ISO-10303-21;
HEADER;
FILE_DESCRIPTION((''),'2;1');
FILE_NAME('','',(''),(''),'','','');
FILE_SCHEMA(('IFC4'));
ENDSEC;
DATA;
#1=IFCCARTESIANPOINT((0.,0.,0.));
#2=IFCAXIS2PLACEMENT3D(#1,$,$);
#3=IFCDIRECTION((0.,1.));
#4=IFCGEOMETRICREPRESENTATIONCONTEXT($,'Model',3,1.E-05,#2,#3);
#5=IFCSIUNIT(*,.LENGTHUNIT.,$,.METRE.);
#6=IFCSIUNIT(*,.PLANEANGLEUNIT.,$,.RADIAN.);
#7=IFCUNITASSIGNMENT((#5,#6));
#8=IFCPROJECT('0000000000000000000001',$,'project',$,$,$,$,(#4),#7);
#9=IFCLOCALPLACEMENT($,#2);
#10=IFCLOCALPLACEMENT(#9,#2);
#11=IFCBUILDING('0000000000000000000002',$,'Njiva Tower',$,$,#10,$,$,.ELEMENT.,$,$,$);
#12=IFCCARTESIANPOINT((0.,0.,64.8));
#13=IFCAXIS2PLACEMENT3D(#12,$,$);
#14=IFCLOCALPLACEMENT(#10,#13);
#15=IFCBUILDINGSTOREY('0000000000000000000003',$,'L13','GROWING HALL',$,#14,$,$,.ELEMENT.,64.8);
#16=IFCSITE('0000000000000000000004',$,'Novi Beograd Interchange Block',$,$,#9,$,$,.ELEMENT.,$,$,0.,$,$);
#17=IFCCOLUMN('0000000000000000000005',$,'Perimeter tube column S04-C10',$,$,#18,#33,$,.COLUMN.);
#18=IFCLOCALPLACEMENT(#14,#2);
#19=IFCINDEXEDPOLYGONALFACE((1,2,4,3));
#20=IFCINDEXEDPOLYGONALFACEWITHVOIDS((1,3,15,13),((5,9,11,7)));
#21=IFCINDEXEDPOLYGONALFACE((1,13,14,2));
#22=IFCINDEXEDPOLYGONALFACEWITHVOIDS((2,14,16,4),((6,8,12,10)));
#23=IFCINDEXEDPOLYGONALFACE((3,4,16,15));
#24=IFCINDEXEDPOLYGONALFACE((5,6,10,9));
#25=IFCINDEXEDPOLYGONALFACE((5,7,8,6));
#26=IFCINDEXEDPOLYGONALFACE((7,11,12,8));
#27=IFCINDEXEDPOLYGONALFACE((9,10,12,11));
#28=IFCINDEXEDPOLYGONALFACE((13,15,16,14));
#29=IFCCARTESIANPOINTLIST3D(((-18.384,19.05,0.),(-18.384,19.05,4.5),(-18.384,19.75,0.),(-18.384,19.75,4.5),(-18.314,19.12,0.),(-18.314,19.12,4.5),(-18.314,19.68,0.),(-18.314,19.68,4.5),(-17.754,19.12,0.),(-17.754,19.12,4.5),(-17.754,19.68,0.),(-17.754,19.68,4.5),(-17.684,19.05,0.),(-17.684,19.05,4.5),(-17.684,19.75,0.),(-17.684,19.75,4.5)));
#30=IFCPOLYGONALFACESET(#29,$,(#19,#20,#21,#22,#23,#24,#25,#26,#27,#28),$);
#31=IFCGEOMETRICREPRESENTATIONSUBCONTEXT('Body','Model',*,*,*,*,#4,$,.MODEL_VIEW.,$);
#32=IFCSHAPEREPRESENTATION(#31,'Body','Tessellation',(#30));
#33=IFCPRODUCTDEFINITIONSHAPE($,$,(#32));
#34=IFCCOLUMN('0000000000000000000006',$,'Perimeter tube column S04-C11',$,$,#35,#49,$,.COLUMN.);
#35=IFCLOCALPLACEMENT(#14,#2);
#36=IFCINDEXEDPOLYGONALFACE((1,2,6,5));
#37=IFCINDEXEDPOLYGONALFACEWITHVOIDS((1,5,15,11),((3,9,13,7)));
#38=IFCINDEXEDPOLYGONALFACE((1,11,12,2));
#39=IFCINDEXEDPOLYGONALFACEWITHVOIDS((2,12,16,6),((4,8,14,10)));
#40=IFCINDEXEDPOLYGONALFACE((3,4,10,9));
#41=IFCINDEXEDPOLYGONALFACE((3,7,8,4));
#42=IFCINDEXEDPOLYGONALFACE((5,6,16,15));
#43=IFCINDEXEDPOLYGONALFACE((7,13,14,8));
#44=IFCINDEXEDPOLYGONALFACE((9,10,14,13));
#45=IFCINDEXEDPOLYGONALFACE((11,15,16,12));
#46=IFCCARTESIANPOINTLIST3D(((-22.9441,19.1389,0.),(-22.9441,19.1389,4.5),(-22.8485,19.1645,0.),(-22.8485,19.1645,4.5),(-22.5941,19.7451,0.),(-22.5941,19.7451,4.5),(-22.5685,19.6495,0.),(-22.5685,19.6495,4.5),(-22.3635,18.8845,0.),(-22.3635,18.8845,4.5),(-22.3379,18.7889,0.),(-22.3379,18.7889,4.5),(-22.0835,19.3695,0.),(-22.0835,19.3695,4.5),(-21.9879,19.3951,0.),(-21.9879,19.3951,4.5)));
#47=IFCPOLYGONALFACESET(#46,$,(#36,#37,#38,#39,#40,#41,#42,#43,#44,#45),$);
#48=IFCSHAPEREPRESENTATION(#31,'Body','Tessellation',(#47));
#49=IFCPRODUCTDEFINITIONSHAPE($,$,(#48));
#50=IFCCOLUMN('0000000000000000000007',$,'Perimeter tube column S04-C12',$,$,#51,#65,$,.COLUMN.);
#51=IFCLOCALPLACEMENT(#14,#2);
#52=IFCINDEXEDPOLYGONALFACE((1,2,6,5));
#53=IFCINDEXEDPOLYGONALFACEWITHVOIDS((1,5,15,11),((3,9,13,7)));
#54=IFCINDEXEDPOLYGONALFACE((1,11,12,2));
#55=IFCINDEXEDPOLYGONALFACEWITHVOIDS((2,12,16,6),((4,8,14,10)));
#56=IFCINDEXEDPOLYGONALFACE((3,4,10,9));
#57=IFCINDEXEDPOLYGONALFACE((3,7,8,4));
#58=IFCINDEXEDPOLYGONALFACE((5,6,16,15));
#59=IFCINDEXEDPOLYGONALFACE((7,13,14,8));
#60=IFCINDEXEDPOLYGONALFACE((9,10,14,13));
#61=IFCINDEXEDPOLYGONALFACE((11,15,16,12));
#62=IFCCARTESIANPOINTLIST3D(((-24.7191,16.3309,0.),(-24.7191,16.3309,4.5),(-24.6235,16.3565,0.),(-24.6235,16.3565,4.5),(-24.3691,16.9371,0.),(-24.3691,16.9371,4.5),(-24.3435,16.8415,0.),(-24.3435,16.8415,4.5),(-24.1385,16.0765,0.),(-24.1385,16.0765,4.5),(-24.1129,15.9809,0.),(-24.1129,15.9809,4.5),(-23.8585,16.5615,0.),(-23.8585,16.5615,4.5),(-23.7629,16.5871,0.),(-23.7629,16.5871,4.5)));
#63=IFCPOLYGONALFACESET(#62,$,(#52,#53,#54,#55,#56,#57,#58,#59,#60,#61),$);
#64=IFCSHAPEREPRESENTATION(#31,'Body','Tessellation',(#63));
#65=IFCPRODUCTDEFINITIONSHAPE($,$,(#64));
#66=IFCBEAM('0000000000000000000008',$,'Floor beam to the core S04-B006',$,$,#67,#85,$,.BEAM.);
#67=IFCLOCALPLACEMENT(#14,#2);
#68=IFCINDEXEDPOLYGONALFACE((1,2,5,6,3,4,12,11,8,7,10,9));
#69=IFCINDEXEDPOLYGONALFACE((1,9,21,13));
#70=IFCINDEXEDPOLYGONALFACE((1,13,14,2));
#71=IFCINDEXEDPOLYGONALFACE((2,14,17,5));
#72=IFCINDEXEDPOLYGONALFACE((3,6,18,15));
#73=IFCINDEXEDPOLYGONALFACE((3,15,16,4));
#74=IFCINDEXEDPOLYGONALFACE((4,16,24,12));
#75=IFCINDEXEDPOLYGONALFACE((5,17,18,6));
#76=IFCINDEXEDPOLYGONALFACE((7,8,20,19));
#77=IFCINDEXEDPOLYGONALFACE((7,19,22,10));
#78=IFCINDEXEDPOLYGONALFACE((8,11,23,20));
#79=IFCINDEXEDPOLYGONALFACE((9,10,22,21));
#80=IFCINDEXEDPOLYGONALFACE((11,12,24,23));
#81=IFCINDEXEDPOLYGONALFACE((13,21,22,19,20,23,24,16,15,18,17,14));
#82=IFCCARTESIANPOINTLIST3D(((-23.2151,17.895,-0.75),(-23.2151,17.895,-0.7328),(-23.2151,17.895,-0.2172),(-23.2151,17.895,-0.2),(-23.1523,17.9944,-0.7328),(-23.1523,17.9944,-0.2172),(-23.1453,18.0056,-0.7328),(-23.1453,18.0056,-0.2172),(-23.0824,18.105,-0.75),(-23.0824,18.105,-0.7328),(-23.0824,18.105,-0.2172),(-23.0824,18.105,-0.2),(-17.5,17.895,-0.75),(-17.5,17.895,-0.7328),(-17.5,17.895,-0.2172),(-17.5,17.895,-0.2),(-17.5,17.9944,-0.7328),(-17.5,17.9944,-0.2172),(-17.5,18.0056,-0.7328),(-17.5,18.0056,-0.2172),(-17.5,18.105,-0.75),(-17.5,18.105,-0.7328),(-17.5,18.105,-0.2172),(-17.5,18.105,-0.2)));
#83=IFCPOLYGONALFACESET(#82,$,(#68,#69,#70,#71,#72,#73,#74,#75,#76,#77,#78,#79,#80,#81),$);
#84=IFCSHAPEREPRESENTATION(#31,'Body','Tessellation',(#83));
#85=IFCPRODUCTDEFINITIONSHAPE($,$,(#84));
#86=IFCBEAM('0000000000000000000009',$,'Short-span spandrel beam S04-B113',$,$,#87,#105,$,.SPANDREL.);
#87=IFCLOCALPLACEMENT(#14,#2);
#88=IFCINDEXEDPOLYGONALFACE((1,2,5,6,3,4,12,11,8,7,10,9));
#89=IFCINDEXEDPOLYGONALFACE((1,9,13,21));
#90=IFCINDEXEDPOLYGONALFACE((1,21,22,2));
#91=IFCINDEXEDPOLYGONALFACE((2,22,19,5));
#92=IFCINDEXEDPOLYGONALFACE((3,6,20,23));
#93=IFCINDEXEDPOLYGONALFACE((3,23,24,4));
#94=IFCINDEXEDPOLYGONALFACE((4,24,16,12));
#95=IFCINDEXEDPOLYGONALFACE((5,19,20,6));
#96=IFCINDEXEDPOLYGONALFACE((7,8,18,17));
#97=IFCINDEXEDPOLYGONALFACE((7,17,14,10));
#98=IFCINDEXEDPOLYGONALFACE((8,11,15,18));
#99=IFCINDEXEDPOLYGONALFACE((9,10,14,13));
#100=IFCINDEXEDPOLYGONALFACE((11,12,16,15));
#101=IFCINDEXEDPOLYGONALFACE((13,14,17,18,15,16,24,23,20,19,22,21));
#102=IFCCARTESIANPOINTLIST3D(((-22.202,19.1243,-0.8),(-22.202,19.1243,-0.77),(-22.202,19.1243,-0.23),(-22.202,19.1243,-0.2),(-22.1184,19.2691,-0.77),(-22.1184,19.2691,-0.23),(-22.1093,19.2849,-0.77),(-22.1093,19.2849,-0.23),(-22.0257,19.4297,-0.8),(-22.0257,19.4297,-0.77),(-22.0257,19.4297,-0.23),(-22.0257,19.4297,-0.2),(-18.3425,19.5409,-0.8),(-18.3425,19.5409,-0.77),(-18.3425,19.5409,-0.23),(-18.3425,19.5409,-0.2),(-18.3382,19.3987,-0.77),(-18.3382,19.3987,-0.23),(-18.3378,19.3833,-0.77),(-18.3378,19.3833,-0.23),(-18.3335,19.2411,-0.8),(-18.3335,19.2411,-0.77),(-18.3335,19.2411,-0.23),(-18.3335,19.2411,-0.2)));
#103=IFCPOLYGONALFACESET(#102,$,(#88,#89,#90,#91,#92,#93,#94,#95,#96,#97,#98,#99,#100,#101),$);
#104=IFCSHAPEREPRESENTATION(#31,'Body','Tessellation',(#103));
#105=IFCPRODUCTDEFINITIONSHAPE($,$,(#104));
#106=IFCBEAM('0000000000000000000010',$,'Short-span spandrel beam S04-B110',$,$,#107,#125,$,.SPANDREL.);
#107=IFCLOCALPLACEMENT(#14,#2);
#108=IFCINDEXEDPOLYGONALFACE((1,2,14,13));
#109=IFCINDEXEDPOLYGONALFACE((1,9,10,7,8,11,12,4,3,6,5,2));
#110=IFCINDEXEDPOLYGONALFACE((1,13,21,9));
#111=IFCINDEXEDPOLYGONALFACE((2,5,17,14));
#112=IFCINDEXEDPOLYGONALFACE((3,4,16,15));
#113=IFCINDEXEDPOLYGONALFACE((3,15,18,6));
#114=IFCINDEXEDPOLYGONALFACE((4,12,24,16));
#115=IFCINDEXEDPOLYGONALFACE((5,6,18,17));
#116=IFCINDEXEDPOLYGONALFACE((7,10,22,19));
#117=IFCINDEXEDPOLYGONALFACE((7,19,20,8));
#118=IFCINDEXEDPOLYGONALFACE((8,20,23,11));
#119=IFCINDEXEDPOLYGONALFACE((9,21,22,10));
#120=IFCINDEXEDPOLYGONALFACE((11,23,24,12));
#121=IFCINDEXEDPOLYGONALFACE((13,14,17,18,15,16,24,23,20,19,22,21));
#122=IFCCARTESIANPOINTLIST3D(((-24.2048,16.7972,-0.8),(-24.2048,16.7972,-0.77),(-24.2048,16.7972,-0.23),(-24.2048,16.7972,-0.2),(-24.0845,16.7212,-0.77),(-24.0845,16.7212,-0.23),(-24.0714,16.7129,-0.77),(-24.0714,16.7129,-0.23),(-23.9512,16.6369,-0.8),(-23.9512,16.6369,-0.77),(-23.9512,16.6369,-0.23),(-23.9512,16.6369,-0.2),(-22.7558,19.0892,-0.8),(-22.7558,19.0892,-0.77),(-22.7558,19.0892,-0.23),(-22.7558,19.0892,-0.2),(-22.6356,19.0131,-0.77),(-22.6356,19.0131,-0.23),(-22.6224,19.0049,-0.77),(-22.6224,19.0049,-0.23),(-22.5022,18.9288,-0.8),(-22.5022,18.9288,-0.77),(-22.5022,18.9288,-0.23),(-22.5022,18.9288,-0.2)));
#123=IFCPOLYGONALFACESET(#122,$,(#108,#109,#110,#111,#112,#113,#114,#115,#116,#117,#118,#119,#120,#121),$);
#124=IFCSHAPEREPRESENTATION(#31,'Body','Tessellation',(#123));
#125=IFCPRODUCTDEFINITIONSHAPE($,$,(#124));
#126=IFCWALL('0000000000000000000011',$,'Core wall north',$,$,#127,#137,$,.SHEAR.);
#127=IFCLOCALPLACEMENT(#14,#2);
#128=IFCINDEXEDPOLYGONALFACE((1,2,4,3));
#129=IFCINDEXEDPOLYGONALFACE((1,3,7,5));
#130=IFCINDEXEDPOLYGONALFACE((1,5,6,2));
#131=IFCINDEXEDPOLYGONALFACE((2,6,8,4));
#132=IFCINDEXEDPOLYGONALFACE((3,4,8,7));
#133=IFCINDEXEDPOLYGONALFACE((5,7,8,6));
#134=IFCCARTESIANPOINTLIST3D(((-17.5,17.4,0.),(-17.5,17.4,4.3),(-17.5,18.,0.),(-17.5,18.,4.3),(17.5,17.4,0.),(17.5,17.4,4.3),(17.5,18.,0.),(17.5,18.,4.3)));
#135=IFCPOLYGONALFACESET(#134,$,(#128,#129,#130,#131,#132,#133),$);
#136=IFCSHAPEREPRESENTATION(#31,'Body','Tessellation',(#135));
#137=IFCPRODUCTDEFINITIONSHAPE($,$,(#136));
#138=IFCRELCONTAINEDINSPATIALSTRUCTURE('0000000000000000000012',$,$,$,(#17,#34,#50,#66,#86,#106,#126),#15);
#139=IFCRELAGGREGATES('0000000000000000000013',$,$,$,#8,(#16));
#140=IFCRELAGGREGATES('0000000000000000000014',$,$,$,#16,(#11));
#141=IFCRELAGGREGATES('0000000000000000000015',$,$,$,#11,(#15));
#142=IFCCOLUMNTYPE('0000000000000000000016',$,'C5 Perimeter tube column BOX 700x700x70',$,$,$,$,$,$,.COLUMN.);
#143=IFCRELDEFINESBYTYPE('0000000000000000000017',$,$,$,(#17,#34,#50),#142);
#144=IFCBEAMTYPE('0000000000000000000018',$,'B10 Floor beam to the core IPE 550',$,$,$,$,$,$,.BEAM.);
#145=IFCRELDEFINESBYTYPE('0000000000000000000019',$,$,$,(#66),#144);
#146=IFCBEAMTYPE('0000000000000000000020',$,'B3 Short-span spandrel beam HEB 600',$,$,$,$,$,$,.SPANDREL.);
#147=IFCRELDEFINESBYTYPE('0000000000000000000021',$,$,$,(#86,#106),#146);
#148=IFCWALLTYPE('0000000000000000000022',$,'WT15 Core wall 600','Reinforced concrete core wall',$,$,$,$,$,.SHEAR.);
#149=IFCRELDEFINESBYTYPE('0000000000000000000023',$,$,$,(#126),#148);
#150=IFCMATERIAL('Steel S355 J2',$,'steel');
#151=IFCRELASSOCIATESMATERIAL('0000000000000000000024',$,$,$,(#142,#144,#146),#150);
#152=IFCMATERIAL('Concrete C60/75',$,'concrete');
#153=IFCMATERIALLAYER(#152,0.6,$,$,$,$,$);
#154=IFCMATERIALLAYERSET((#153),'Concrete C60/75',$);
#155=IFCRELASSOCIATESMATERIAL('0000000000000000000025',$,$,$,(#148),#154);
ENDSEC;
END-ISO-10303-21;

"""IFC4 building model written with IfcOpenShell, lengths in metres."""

from ifc_helpers import new_model, si_unit, direction, frame, frame_2d, origin, origin_2d, place, context, subcontext, project, spatial, rectangle, hollow_rectangle, i_section, extrude, clip, halfspace, material, layer, layer_set, material_profile, profile_set, type_object, element, save


model = new_model("IFC4")

# Units and contexts
model_context = context("Model", 3, precision=1e-05, world=origin(), true_north=direction((0.0, 1.0)))
body_context = subcontext(model_context, "Body", "Model", "MODEL_VIEW")
ifc_project = project(units=[si_unit("LENGTHUNIT", "METRE"), si_unit("PLANEANGLEUNIT", "RADIAN")], contexts=[model_context])

# Site, building, storey
site_placement = place(None, origin())
site = spatial("IfcSite", under=ifc_project, at=site_placement, Name="Novi Beograd Interchange Block", CompositionType="ELEMENT", RefElevation=0.0)
building_placement = place(site_placement, origin())
building = spatial("IfcBuilding", under=site, at=building_placement, Name="Njiva Tower", CompositionType="ELEMENT")
storey_placement = place(building_placement, frame((0.0, 0.0, 64.8)))
storey = spatial("IfcBuildingStorey", under=building, at=storey_placement, Name="L13", Description="GROWING HALL", CompositionType="ELEMENT", Elevation=64.8)

# Columns
ifc_material_1 = material(Name="Steel S355 J2", Category="steel")
ifc_material_profile_1 = material_profile(ifc_material_1, hollow_rectangle(XDim=0.7, YDim=0.7, WallThickness=0.07, at=origin_2d()), Name="BOX 700x700x70")
ifc_profile_set_1 = profile_set([ifc_material_profile_1], Name="Steel S355 J2")
column_type = type_object("IfcColumnType", Name="C5 Perimeter tube column BOX 700x700x70", PredefinedType="COLUMN", material=ifc_profile_set_1)
for number, where, z_axis, x_axis, name in (
    (1, (-18.034, 19.4, 0.0), (0.0, 0.0, 1.0), (-1.0, 0.0, 0.0), "Perimeter tube column S04-C10"),
    (2, (-22.466, 19.267, 0.0), (0.0, 0.0, 1.0), (-0.5, -0.866025, 0.0), "Perimeter tube column S04-C11"),
    (3, (-24.241, 16.459, 0.0), (0.0, 0.0, 1.0), (-0.5, -0.866025, 0.0), "Perimeter tube column S04-C12"),
):
    element("IfcColumn", number, at=place(storey_placement, frame(where, z_axis=z_axis, x_axis=x_axis)), inside=storey, type_object=column_type, Name=name, PredefinedType="COLUMN", context=body_context, shape_type="SweptSolid", body=[
        extrude(hollow_rectangle(XDim=0.7, YDim=0.7, WallThickness=0.07, at=origin_2d()), origin(), (0.0, 0.0, 1.0), 4.5),
    ])

# Beams
ifc_material_profile_2 = material_profile(ifc_material_1, i_section(OverallWidth=0.21, OverallDepth=0.55, WebThickness=0.0111, FlangeThickness=0.0172, at=origin_2d()), Name="IPE 550")
ifc_profile_set_2 = profile_set([ifc_material_profile_2], Name="Steel S355 J2")
beam_type_1 = type_object("IfcBeamType", Name="B10 Floor beam to the core IPE 550", PredefinedType="BEAM", material=ifc_profile_set_2)
beam_1_placement = place(storey_placement, frame((-23.235, 18.0, -0.475), z_axis=(1.0, 0.0, 0.0), x_axis=(0.0, 1.0, 0.0)))
element("IfcBeam", 4, at=beam_1_placement, inside=storey, type_object=beam_type_1, Name="Floor beam to the core S04-B006", PredefinedType="BEAM", context=body_context, shape_type="Clipping", body=[
    clip(extrude(i_section(OverallWidth=0.21, OverallDepth=0.55, WebThickness=0.0111, FlangeThickness=0.0172, at=origin_2d()), origin(), (0.0, 0.0, 1.0), 5.735), halfspace(frame((0.0267, 0.0, 0.1031), z_axis=(0.534309, 0.0, -0.845289), x_axis=(0.0, -1.0, 0.0)), False)),
])
ifc_material_profile_3 = material_profile(ifc_material_1, i_section(OverallWidth=0.3, OverallDepth=0.6, WebThickness=0.0155, FlangeThickness=0.03, at=origin_2d()), Name="HEB 600")
ifc_profile_set_3 = profile_set([ifc_material_profile_3], Name="Steel S355 J2")
beam_type_2 = type_object("IfcBeamType", Name="B3 Short-span spandrel beam HEB 600", PredefinedType="SPANDREL", material=ifc_profile_set_3)
beam_2_placement = place(storey_placement, frame((-18.338, 19.391, -0.5), z_axis=(-0.999545, -0.030177, 0.0), x_axis=(0.030177, -0.999545, 0.0)))
element("IfcBeam", 5, at=beam_2_placement, inside=storey, type_object=beam_type_2, Name="Short-span spandrel beam S04-B113", PredefinedType="SPANDREL", context=body_context, shape_type="Clipping", body=[
    clip(extrude(i_section(OverallWidth=0.3, OverallDepth=0.6, WebThickness=0.0155, FlangeThickness=0.03, at=origin_2d()), origin(), (0.0, 0.0, 1.0), 3.8907), halfspace(frame((-0.0268, 0.0, 3.761), z_axis=(-0.525904, 0.0, 0.850544), x_axis=(0.0, 1.0, 0.0)), False)),
])
beam_3_placement = place(storey_placement, frame((-22.629, 19.009, -0.5), z_axis=(-0.534368, -0.845252, 0.0), x_axis=(0.845252, -0.534368, 0.0)))
element("IfcBeam", 6, at=beam_3_placement, inside=storey, type_object=beam_type_2, Name="Short-span spandrel beam S04-B110", PredefinedType="SPANDREL", context=body_context, shape_type="SweptSolid", body=[
    extrude(i_section(OverallWidth=0.3, OverallDepth=0.6, WebThickness=0.0155, FlangeThickness=0.03, at=origin_2d()), origin(), (0.0, 0.0, 1.0), 2.7116),
])

# Wall
ifc_material_2 = material(Name="Concrete C60/75", Category="concrete")
ifc_layer_1 = layer(ifc_material_2, 0.6)
ifc_layer_set_1 = layer_set([ifc_layer_1], Name="Concrete C60/75")
wall_type_1 = type_object("IfcWallType", Name="WT15 Core wall 600", Description="Reinforced concrete core wall", PredefinedType="SHEAR", material=ifc_layer_set_1)
wall_1_placement = place(storey_placement, frame((-17.5, 17.7, 0.0), z_axis=(0.0, 0.0, 1.0), x_axis=(1.0, 0.0, 0.0)))
element("IfcWall", 7, at=wall_1_placement, inside=storey, type_object=wall_type_1, Name="Core wall north", PredefinedType="SHEAR", context=body_context, shape_type="SweptSolid", body=[
    extrude(rectangle(XDim=35.0, YDim=0.6, at=frame_2d((17.5, 0.0))), origin(), (0.0, 0.0, 1.0), 4.3),
])

save(model, "model.ifc")
